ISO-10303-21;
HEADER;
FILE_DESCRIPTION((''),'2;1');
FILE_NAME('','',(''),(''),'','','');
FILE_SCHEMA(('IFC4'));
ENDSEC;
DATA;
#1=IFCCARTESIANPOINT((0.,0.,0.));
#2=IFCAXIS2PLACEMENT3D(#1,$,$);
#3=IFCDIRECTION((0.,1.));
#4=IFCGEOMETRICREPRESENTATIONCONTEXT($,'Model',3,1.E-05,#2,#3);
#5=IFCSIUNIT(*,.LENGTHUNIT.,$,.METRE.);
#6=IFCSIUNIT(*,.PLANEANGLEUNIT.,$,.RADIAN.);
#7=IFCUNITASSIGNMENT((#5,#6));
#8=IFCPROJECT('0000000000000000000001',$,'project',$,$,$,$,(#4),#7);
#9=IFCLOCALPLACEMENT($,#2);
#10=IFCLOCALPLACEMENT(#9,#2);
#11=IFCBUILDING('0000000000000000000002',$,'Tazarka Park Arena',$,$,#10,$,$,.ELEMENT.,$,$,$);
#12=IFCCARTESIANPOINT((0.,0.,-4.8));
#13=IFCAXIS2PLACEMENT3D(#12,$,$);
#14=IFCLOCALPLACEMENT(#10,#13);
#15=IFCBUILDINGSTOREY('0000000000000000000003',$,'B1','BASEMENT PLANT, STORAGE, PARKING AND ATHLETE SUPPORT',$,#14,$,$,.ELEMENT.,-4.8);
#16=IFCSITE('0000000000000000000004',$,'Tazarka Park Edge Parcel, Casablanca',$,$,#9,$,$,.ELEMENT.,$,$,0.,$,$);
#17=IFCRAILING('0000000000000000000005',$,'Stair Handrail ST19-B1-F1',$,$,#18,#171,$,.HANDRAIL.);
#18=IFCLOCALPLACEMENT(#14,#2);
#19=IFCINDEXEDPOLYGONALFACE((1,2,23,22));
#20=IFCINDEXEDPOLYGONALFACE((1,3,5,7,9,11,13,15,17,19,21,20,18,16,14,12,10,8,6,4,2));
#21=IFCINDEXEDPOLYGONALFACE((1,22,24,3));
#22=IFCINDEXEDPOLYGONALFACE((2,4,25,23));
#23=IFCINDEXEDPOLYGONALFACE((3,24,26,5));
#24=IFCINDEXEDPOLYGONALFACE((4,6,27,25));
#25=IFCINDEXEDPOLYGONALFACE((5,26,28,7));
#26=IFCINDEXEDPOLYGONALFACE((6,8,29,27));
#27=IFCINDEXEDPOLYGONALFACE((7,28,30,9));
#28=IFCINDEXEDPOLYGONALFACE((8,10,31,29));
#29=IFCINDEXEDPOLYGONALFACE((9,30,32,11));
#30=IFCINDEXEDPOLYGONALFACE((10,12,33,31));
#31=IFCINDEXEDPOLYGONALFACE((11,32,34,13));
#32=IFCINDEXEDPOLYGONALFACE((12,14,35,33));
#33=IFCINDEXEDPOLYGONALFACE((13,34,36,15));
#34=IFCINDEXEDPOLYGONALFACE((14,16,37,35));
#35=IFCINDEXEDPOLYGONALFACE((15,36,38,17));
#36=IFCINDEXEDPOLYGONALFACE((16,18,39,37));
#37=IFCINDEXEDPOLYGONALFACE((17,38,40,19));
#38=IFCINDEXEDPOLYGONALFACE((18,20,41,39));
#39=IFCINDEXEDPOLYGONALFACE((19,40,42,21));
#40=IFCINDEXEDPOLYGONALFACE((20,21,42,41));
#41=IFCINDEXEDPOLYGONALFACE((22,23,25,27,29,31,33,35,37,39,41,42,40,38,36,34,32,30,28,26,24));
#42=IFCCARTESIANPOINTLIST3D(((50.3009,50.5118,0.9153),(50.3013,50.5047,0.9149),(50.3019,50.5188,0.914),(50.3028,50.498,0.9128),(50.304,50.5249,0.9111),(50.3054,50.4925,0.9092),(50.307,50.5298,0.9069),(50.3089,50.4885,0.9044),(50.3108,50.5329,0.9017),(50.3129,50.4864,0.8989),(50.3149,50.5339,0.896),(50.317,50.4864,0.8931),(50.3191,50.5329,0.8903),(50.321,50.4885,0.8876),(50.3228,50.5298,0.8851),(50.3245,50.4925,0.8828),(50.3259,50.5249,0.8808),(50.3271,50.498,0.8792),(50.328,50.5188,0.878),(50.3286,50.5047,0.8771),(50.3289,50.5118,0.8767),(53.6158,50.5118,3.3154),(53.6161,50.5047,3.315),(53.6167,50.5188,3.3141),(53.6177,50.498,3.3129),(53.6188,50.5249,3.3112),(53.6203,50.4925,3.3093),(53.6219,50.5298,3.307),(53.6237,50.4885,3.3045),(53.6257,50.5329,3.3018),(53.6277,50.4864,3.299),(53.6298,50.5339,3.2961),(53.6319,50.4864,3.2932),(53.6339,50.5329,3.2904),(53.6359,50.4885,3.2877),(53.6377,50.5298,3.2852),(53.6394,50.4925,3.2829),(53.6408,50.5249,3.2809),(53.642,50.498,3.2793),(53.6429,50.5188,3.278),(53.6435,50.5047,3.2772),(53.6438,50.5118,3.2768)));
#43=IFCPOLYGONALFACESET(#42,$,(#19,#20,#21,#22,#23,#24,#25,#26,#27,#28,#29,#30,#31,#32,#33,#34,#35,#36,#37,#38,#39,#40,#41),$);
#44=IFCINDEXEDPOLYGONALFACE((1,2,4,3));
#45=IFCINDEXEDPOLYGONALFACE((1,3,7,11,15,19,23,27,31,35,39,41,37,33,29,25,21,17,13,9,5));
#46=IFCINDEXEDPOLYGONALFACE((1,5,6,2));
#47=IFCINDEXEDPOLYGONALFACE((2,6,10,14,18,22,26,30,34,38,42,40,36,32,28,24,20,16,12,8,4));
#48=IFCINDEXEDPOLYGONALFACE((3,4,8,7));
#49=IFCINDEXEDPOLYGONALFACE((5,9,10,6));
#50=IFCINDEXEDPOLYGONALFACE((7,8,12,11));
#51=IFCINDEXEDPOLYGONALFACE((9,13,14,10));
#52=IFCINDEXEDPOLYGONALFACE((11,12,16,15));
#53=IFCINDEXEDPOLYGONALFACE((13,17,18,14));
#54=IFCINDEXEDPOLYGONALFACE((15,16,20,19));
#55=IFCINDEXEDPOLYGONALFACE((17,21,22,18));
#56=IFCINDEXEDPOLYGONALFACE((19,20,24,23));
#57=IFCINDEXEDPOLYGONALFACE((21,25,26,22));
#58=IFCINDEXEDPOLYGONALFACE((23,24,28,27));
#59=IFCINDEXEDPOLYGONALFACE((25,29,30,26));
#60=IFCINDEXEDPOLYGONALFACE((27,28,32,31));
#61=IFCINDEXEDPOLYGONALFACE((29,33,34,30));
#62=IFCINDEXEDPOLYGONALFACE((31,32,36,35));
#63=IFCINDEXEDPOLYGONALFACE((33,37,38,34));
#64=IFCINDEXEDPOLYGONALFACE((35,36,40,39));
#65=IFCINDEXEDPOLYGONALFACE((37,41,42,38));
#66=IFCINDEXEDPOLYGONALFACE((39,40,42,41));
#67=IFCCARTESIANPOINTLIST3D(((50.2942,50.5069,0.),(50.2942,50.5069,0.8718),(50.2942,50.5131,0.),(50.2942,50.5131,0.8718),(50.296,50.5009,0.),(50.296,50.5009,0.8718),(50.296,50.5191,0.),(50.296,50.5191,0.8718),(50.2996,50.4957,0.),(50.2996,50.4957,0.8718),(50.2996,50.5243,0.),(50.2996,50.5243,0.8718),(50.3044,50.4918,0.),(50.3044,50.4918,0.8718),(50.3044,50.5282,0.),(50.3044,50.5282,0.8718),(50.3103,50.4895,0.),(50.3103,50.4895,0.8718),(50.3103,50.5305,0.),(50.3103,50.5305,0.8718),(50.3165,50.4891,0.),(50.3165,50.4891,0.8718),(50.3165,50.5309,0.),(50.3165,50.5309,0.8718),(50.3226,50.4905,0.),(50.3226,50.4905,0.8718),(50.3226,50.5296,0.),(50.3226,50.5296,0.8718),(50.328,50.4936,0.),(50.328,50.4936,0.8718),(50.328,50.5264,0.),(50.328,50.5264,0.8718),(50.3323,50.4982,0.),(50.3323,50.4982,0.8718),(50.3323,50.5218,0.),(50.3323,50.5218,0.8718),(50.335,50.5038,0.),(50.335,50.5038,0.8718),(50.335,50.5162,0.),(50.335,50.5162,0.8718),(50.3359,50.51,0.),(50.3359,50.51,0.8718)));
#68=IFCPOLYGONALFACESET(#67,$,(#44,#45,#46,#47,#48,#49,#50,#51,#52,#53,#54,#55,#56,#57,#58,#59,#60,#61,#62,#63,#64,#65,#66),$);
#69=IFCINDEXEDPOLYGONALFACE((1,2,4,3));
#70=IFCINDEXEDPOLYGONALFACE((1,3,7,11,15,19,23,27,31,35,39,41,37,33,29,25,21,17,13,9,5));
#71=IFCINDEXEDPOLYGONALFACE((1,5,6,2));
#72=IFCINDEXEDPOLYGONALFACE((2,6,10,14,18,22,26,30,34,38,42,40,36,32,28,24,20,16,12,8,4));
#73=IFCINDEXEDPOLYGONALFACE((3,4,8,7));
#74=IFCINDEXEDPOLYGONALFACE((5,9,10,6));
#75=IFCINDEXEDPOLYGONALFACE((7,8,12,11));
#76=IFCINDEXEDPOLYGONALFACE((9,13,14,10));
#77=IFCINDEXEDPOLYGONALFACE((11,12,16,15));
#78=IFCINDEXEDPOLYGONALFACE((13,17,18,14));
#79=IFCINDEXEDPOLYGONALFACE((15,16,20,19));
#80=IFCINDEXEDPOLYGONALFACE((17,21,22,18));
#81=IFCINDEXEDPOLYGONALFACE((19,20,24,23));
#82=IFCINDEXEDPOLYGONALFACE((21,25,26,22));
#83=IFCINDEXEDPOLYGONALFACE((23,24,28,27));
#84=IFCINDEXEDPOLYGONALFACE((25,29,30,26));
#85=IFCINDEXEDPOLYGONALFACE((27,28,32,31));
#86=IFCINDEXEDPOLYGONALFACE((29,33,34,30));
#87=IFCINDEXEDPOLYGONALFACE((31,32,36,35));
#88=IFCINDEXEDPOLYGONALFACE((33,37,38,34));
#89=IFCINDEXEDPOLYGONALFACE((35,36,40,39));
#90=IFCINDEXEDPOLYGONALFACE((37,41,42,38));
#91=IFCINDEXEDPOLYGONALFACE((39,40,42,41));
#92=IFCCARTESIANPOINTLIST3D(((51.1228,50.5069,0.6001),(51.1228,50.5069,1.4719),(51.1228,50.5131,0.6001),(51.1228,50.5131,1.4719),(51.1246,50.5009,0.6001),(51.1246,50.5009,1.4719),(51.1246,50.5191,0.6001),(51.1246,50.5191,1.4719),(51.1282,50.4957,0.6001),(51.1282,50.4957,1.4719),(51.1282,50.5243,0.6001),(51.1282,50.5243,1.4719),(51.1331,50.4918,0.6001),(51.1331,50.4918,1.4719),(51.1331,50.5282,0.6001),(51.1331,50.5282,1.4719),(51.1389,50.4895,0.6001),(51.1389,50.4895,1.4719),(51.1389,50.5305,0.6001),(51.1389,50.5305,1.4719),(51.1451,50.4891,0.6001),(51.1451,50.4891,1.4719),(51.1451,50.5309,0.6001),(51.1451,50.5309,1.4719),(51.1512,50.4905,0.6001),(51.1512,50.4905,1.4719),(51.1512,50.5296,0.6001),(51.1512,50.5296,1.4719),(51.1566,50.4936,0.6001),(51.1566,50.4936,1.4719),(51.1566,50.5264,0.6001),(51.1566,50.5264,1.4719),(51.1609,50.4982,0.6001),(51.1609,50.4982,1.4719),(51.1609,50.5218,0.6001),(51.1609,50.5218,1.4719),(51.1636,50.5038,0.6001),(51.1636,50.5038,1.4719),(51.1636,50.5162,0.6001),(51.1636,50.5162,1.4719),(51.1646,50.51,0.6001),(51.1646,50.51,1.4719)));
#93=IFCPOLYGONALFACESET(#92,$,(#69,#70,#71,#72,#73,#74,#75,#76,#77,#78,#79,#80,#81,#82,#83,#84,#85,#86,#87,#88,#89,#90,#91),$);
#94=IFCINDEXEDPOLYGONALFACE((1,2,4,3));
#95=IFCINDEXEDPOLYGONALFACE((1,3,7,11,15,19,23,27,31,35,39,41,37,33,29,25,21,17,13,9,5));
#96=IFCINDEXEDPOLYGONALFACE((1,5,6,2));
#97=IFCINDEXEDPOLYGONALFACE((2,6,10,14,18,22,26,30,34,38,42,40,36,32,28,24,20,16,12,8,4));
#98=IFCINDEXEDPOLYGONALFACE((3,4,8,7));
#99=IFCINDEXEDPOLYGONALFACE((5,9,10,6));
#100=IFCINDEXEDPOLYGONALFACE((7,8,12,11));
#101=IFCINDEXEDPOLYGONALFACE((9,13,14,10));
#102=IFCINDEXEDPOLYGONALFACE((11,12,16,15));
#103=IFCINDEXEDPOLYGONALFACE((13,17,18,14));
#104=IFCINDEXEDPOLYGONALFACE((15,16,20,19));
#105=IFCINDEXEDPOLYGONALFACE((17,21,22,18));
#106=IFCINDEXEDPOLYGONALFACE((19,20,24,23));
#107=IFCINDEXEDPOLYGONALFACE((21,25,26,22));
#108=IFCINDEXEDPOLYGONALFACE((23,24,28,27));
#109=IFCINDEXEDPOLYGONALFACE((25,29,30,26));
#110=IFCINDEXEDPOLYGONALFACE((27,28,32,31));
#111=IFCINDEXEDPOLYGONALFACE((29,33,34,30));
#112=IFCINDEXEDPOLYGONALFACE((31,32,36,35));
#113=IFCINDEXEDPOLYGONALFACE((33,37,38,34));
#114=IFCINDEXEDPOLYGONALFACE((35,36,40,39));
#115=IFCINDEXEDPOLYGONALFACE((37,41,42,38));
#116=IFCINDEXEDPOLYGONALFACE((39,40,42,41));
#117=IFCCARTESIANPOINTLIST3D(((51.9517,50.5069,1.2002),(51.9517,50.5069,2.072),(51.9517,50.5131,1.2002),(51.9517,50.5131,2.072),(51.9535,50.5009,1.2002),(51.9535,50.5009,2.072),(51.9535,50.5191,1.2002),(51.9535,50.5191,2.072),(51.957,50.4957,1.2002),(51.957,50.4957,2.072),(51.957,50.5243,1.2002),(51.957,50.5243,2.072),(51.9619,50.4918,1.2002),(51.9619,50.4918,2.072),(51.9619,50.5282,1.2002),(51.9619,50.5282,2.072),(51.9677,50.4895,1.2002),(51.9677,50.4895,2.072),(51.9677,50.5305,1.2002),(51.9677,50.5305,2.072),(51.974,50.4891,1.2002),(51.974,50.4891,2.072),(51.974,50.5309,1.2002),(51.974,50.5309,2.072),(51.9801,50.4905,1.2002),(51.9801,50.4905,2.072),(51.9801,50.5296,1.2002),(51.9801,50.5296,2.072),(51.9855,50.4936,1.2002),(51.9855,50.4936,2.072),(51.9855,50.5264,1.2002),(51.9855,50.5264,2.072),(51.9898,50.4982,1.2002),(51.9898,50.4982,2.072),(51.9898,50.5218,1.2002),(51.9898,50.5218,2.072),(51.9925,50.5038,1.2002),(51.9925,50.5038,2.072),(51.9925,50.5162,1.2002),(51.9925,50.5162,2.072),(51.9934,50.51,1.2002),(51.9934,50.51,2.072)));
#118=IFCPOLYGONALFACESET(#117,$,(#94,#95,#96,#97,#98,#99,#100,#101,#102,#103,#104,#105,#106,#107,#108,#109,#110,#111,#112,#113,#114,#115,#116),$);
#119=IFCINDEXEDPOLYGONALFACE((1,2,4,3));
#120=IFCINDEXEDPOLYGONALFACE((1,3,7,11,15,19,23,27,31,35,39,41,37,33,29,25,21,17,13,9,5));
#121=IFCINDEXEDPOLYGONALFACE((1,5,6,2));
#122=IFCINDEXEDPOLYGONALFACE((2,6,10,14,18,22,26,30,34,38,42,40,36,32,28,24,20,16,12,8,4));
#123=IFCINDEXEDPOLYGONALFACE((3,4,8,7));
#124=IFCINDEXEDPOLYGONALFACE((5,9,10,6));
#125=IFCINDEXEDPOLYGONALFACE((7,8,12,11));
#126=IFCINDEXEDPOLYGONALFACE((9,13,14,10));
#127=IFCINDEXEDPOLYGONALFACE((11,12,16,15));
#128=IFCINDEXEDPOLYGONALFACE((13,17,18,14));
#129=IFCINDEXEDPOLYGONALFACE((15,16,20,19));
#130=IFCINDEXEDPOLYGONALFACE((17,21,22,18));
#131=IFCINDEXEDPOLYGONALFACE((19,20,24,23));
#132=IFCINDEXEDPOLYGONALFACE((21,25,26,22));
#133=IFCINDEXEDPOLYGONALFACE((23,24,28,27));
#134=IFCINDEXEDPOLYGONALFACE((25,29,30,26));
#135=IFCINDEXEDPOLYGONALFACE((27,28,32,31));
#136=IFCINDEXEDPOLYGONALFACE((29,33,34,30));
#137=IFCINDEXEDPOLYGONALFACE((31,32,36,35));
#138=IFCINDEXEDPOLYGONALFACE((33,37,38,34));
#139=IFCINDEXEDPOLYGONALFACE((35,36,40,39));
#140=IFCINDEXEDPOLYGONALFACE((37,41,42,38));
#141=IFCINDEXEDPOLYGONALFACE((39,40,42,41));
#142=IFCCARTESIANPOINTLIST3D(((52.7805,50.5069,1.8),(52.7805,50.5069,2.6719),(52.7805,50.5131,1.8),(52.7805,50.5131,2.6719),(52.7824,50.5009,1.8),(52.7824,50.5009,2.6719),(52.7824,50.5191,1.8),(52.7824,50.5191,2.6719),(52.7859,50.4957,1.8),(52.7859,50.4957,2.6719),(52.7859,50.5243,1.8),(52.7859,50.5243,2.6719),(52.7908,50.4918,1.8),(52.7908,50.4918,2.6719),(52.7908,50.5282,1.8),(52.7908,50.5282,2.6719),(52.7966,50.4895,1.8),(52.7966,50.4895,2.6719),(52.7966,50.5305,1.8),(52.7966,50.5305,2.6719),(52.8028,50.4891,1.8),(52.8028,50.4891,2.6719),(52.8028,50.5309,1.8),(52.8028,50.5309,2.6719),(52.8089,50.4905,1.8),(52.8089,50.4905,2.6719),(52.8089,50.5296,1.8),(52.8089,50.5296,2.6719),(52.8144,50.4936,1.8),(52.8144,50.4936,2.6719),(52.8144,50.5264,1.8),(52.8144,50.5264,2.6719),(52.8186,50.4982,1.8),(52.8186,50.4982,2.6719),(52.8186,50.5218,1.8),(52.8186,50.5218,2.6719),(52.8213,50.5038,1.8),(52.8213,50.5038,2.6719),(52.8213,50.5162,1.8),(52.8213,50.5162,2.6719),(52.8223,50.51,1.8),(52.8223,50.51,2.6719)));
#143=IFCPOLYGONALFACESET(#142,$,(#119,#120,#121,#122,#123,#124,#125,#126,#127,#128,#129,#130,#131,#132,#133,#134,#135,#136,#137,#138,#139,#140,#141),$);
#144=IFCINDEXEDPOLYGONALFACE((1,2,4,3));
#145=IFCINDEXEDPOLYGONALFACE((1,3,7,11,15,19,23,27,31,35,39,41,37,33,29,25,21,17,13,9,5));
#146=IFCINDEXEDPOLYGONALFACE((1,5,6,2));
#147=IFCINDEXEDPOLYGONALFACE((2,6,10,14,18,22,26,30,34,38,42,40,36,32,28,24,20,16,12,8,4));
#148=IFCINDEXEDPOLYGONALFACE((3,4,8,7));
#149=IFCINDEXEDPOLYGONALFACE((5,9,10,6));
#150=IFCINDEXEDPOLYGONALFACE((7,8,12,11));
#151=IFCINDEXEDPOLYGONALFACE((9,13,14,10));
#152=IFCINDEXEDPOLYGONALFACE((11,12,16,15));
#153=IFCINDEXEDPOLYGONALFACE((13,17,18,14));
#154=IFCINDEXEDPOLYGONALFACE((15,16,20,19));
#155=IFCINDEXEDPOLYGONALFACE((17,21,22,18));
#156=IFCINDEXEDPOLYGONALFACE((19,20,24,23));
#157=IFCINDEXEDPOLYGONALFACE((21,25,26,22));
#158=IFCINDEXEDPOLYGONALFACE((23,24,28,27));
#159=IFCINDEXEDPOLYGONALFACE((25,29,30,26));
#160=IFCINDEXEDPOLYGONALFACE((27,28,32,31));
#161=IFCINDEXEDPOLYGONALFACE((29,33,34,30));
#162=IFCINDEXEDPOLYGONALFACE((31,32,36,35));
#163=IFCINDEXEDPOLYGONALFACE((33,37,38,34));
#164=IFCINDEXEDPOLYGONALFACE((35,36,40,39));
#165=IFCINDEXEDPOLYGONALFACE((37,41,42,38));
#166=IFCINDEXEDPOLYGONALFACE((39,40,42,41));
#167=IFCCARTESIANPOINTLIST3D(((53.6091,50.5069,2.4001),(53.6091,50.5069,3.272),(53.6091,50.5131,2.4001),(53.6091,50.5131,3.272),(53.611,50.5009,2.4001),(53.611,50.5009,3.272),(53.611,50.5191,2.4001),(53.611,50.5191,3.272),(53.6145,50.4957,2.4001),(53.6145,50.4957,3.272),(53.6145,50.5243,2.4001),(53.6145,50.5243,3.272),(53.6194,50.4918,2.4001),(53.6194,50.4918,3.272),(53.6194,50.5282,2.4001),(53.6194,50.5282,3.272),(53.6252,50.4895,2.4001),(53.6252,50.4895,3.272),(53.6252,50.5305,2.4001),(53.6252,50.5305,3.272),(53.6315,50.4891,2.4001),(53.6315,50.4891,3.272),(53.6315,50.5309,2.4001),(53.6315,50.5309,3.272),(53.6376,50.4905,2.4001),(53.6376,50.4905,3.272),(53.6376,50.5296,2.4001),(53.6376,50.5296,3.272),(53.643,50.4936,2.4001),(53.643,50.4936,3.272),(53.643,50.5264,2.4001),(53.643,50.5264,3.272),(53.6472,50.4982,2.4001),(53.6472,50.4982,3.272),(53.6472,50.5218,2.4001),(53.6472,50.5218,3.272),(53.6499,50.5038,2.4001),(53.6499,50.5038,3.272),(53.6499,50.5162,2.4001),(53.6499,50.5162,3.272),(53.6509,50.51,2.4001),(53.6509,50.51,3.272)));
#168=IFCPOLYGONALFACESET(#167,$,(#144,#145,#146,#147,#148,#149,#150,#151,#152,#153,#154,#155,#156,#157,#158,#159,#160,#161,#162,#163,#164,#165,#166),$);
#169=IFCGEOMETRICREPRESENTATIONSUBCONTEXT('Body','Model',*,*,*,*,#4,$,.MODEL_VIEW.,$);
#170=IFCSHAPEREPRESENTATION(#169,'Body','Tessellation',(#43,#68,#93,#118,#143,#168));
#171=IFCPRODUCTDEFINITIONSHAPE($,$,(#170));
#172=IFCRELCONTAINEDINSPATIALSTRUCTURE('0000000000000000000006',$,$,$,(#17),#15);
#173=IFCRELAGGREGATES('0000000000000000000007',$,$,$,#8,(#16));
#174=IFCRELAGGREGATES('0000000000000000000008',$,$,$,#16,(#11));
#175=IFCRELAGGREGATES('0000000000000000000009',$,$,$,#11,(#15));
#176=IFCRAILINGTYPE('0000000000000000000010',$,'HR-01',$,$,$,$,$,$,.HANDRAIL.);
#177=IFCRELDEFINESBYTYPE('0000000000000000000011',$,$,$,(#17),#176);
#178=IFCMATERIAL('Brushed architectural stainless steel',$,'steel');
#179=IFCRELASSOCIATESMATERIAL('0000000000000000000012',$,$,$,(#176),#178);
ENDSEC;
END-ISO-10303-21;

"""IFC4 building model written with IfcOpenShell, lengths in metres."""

from ifc_helpers import new_model, si_unit, direction, frame, origin, origin_2d, place, context, subcontext, project, spatial, circle, extrude, material, type_object, element, save


model = new_model("IFC4")

# Units and contexts
model_context = context("Model", 3, precision=1e-05, world=origin(), true_north=direction((0.0, 1.0)))
body_context = subcontext(model_context, "Body", "Model", "MODEL_VIEW")
ifc_project = project(units=[si_unit("LENGTHUNIT", "METRE"), si_unit("PLANEANGLEUNIT", "RADIAN")], contexts=[model_context])

# Site, building, storey
site_placement = place(None, origin())
site = spatial("IfcSite", under=ifc_project, at=site_placement, Name="Tazarka Park Edge Parcel, Casablanca", CompositionType="ELEMENT", RefElevation=0.0)
building_placement = place(site_placement, origin())
building = spatial("IfcBuilding", under=site, at=building_placement, Name="Tazarka Park Arena", CompositionType="ELEMENT")
storey_placement = place(building_placement, frame((0.0, 0.0, -4.8)))
storey = spatial("IfcBuildingStorey", under=building, at=storey_placement, Name="B1", Description="BASEMENT PLANT, STORAGE, PARKING AND ATHLETE SUPPORT", CompositionType="ELEMENT", Elevation=-4.8)

# Railing
ifc_material_1 = material(Name="Brushed architectural stainless steel", Category="steel")
railing_type_1 = type_object("IfcRailingType", Name="HR-01", PredefinedType="HANDRAIL", material=ifc_material_1)
railing_1_placement = place(storey_placement, frame((50.3149, 50.51, 0.0)))
element("IfcRailing", 1, at=railing_1_placement, inside=storey, type_object=railing_type_1, Name="Stair Handrail ST19-B1-F1", PredefinedType="HANDRAIL", context=body_context, shape_type="SweptSolid", body=[
    extrude(circle(Radius=0.0239, at=origin_2d()), frame((0.0, 0.0, 0.896), z_axis=(0.80998, 0.0, 0.586457), x_axis=(0.0, 1.0, 0.0)), (0.0, 0.0, 1.0), 4.0925),
    extrude(circle(Radius=0.021, at=origin_2d()), origin(), (0.0, 0.0, 1.0), 0.8718),
    extrude(circle(Radius=0.021, at=origin_2d()), frame((0.8286, 0.0, 0.6001)), (0.0, 0.0, 1.0), 0.8718),
    extrude(circle(Radius=0.021, at=origin_2d()), frame((1.6575, 0.0, 1.2002)), (0.0, 0.0, 1.0), 0.8718),
    extrude(circle(Radius=0.021, at=origin_2d()), frame((2.4863, 0.0, 1.8)), (0.0, 0.0, 1.0), 0.8718),
    extrude(circle(Radius=0.021, at=origin_2d()), frame((3.3149, 0.0, 2.4001)), (0.0, 0.0, 1.0), 0.8718),
])

save(model, "model.ifc")
